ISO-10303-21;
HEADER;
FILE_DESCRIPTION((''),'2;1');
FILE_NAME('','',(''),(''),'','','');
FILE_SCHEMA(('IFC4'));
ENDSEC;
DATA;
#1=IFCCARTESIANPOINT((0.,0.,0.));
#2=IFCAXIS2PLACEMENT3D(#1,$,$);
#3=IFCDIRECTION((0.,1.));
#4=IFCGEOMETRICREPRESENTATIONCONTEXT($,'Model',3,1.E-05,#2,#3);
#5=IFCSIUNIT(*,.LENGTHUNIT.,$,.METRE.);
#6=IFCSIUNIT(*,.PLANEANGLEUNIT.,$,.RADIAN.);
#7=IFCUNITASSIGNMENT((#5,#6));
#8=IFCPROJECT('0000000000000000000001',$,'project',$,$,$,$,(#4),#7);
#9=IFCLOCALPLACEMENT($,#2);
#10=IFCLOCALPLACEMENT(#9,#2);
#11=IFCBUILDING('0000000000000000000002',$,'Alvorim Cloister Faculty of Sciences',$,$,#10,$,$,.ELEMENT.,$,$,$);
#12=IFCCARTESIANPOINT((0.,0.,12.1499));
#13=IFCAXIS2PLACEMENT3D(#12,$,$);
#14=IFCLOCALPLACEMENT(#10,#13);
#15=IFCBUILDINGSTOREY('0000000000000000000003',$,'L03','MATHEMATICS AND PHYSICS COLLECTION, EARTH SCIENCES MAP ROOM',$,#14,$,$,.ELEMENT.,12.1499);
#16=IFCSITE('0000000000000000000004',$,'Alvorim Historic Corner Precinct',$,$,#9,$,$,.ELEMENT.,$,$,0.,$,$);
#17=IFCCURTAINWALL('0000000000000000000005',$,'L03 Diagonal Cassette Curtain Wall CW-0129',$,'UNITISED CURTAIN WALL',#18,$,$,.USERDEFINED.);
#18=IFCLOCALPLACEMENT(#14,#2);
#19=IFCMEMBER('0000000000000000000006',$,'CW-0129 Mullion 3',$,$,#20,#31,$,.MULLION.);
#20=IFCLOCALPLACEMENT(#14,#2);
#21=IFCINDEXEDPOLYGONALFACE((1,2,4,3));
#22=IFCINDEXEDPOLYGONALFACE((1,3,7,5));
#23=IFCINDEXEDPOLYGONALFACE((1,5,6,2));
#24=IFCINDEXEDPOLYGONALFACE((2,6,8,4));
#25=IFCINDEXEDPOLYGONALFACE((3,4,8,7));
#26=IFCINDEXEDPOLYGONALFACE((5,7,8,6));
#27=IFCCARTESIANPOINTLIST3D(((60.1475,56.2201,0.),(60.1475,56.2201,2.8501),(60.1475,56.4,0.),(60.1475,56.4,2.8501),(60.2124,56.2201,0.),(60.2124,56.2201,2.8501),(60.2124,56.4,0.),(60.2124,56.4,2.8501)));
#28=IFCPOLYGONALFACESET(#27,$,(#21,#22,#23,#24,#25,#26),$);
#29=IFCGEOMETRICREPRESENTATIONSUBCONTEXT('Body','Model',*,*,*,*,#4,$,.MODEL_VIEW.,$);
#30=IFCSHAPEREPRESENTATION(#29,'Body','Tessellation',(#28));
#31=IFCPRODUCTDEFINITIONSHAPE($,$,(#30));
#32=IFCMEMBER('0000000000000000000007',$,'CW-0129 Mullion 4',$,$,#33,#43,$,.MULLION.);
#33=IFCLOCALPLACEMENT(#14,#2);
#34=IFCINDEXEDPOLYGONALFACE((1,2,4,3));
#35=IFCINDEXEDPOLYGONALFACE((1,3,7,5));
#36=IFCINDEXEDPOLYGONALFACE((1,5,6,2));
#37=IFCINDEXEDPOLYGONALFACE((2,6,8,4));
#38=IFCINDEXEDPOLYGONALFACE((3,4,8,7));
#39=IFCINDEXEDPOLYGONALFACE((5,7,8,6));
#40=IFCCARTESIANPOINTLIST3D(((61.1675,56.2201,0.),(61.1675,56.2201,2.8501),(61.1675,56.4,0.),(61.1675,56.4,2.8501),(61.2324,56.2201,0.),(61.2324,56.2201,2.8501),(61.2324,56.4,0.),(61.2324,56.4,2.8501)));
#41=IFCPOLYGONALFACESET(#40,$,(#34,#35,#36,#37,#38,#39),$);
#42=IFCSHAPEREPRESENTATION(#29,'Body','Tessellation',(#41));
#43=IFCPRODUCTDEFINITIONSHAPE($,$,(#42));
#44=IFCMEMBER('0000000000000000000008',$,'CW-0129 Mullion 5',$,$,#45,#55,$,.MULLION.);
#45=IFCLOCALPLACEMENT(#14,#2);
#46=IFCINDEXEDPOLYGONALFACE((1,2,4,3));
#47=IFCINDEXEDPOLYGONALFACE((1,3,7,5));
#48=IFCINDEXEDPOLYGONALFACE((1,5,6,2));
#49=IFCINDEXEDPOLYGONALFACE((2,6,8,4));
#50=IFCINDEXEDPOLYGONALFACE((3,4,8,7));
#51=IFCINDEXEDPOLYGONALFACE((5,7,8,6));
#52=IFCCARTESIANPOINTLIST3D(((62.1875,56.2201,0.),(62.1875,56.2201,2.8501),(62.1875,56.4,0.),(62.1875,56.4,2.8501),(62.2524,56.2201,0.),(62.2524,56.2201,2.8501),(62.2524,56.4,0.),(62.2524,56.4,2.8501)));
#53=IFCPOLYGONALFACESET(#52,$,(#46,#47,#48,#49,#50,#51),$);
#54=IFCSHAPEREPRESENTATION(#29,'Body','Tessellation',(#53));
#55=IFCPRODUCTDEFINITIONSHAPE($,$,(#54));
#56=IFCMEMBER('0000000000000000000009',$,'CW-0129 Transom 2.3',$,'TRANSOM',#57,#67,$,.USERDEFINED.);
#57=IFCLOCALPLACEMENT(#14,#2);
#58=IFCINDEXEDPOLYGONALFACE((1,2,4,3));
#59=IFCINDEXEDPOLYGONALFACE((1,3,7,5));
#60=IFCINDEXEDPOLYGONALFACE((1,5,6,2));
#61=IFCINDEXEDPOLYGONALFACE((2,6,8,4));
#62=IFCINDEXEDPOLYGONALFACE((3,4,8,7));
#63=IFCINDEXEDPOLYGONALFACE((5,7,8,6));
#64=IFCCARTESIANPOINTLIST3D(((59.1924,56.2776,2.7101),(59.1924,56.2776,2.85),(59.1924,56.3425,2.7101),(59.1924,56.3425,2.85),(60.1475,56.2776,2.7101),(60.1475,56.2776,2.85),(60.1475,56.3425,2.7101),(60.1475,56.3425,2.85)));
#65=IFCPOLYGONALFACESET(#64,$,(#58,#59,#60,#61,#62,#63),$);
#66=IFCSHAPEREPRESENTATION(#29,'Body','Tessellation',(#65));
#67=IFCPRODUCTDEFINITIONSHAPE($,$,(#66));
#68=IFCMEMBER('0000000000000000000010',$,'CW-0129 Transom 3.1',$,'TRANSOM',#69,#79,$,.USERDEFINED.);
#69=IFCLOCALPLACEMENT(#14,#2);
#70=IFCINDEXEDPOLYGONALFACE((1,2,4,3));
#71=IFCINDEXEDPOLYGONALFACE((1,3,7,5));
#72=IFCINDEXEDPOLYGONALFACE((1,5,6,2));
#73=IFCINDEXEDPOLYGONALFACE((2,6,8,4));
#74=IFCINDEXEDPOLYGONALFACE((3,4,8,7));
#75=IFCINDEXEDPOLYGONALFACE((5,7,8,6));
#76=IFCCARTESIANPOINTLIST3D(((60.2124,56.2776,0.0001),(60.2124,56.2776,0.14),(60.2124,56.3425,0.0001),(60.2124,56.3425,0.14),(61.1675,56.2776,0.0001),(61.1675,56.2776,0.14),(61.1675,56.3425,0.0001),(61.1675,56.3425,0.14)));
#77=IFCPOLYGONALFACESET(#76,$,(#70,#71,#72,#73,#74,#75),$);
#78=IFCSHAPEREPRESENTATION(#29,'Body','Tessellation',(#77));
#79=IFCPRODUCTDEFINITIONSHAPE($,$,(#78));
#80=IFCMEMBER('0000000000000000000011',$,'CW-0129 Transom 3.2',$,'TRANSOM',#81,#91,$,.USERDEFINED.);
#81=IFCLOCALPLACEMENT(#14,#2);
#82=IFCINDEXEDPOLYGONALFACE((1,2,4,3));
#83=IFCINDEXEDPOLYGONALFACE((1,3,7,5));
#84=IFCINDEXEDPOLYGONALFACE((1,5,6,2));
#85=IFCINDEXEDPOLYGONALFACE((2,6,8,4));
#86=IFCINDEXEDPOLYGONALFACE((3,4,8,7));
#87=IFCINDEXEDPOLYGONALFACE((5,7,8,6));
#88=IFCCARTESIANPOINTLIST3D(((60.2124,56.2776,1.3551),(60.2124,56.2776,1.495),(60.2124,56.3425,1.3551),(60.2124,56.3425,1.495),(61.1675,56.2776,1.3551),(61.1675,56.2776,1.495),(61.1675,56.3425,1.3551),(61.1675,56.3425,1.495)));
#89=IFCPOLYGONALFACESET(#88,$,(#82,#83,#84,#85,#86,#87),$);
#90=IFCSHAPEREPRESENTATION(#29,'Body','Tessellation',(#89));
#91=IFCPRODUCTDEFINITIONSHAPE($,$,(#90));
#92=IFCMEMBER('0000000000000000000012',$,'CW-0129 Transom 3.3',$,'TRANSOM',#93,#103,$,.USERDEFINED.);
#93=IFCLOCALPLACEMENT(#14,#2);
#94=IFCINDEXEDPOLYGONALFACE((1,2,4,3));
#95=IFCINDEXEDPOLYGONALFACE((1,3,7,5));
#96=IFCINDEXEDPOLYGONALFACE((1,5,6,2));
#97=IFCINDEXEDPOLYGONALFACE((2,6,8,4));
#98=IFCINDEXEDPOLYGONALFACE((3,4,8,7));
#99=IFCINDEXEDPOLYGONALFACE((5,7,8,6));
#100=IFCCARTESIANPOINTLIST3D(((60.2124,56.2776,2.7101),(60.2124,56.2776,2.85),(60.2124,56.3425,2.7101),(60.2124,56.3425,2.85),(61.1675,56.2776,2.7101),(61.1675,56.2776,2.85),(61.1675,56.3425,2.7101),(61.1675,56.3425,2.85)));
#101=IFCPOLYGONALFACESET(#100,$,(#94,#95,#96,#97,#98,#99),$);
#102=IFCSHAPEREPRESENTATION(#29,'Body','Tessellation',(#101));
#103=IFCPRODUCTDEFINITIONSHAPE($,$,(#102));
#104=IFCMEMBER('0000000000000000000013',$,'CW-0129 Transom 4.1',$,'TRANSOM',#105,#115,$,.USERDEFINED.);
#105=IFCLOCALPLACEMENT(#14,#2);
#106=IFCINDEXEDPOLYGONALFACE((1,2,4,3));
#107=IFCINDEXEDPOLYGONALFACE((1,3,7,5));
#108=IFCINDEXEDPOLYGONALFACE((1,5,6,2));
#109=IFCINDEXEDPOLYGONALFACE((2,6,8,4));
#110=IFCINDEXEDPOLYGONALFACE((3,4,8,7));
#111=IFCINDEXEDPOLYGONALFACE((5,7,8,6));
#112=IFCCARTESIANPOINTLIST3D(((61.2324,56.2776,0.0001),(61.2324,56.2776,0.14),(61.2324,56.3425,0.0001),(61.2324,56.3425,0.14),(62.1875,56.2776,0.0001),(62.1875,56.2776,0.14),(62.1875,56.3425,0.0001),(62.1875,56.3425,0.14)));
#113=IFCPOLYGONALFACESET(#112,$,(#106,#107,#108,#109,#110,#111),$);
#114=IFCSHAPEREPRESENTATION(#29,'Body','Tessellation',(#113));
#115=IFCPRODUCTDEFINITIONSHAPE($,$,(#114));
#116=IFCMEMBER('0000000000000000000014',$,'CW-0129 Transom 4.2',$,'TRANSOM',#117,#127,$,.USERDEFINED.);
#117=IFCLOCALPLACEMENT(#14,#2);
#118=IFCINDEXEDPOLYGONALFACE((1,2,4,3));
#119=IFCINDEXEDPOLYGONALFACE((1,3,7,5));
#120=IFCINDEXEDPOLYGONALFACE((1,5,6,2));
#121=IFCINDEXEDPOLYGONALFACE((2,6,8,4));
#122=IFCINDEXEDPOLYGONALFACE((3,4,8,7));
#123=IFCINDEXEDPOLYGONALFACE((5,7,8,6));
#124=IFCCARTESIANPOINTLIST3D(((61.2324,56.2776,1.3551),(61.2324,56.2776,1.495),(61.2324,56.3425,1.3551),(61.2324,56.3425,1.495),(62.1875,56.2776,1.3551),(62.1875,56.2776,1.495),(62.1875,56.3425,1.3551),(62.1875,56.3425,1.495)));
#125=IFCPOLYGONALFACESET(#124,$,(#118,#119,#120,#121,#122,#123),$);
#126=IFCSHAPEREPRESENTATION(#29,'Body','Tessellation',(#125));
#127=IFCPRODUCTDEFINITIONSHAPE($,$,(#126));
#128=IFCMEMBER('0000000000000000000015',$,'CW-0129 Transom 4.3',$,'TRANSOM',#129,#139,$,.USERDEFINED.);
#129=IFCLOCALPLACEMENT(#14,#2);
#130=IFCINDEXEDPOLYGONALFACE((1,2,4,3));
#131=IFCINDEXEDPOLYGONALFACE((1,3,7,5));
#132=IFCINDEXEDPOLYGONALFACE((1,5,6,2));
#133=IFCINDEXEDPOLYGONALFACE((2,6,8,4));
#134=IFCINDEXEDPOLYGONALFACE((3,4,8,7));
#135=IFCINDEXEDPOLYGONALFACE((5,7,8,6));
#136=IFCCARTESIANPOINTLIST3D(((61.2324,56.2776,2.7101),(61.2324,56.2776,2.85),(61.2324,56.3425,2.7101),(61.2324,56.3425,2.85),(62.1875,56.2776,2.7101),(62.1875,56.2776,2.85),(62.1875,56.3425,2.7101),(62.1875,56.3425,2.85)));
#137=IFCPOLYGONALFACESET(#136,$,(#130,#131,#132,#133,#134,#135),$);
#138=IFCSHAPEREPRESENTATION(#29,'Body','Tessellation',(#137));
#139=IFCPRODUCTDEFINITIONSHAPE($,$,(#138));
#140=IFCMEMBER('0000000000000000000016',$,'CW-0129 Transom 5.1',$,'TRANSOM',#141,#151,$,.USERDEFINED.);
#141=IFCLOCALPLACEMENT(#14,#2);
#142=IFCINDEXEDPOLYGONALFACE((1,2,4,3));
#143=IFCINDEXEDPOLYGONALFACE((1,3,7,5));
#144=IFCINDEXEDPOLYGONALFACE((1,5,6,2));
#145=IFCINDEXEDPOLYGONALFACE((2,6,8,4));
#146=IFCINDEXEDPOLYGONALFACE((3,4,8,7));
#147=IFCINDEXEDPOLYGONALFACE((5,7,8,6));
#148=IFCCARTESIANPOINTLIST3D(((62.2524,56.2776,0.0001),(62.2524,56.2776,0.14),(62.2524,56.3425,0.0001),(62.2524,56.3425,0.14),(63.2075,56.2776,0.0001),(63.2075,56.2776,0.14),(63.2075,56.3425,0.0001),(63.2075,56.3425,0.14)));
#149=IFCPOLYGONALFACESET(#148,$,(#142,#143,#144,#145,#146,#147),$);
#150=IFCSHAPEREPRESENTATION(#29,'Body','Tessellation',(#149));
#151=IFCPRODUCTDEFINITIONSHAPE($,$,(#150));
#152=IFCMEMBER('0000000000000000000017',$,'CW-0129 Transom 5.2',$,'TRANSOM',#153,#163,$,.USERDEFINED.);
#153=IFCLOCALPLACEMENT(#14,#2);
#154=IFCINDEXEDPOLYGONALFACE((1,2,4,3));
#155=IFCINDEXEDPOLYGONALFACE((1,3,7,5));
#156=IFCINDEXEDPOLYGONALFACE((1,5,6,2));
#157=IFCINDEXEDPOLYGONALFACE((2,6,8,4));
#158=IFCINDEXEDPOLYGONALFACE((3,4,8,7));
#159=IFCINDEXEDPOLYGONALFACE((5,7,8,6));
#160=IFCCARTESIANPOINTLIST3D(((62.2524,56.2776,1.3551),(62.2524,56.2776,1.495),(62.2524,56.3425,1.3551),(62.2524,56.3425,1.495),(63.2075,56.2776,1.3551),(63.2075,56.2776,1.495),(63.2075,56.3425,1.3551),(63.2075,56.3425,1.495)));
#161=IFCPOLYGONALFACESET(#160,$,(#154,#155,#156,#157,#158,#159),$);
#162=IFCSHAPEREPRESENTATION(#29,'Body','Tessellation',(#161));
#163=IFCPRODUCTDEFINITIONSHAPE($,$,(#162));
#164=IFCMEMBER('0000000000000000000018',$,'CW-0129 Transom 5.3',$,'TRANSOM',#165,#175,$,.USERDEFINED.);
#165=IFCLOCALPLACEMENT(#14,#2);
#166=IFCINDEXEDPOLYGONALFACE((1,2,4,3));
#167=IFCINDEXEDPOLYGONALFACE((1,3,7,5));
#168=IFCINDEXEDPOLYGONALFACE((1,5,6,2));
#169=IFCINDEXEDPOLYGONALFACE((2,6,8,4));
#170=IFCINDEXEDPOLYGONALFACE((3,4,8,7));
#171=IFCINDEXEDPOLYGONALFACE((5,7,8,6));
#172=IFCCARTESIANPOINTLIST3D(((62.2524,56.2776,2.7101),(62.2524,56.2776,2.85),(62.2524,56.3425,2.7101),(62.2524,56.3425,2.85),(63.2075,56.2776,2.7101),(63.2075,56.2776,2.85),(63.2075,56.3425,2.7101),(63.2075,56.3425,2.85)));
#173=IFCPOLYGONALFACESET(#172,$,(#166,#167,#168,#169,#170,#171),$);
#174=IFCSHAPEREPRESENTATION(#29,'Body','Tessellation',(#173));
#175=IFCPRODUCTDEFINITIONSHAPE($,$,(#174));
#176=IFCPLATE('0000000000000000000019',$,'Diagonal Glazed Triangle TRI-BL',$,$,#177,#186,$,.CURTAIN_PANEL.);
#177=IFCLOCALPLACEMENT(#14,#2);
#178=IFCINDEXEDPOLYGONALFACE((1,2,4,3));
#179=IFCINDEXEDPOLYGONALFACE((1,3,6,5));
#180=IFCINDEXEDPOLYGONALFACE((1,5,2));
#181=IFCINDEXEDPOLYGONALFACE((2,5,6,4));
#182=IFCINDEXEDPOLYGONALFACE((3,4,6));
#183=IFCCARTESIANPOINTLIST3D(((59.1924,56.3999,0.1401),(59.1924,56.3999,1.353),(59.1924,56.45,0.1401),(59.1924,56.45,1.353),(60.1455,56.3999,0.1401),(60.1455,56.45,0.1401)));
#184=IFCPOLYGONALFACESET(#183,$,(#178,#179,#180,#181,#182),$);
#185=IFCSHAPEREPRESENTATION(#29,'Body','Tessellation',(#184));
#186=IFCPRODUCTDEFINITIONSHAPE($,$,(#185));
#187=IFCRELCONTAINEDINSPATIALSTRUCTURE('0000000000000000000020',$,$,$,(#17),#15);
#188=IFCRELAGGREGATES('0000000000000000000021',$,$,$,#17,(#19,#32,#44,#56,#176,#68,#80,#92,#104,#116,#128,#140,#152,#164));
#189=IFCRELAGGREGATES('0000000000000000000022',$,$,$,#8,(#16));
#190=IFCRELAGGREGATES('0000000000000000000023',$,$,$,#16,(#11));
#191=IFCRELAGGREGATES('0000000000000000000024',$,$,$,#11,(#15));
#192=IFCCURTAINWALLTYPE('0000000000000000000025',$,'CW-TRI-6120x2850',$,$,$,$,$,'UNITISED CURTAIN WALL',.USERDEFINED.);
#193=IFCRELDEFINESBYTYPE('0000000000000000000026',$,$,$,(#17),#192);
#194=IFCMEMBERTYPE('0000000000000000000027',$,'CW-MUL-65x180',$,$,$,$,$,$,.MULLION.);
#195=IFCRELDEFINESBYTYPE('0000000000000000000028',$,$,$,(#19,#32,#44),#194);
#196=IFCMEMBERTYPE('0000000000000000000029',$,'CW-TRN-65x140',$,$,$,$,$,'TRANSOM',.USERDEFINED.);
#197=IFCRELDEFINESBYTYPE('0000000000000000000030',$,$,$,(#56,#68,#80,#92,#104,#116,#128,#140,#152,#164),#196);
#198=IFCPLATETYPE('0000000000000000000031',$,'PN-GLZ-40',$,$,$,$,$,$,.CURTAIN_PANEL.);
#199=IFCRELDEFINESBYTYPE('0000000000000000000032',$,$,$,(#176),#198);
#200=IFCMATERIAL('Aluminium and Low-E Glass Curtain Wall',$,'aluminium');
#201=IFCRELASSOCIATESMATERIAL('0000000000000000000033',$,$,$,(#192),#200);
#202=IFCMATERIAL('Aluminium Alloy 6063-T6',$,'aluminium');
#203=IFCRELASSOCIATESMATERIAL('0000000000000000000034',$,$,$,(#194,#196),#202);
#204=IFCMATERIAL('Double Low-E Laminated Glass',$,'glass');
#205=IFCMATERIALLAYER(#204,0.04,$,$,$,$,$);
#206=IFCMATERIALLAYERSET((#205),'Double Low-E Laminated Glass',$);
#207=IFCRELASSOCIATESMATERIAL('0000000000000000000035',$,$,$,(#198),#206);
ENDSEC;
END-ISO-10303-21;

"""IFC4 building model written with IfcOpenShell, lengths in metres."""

from ifc_helpers import new_model, si_unit, direction, frame, origin, origin_2d, place, context, subcontext, project, spatial, polyline, rectangle, outline, extrude, material, layer, layer_set, material_profile, profile_set, type_object, element, aggregate, save


model = new_model("IFC4")

# Units and contexts
model_context = context("Model", 3, precision=1e-05, world=origin(), true_north=direction((0.0, 1.0)))
body_context = subcontext(model_context, "Body", "Model", "MODEL_VIEW")
ifc_project = project(units=[si_unit("LENGTHUNIT", "METRE"), si_unit("PLANEANGLEUNIT", "RADIAN")], contexts=[model_context])

# Site, building, storey
site_placement = place(None, origin())
site = spatial("IfcSite", under=ifc_project, at=site_placement, Name="Alvorim Historic Corner Precinct", CompositionType="ELEMENT", RefElevation=0.0)
building_placement = place(site_placement, origin())
building = spatial("IfcBuilding", under=site, at=building_placement, Name="Alvorim Cloister Faculty of Sciences", CompositionType="ELEMENT")
storey_placement = place(building_placement, frame((0.0, 0.0, 12.1499)))
storey = spatial("IfcBuildingStorey", under=building, at=storey_placement, Name="L03", Description="MATHEMATICS AND PHYSICS COLLECTION, EARTH SCIENCES MAP ROOM", CompositionType="ELEMENT", Elevation=12.1499)

# Curtain wall, members, plate
ifc_material_1 = material(Name="Aluminium and Low-E Glass Curtain Wall", Category="aluminium")
curtain_wall_type = type_object("IfcCurtainWallType", Name="CW-TRI-6120x2850", ElementType="UNITISED CURTAIN WALL", PredefinedType="USERDEFINED", material=ifc_material_1)
curtain_wall_placement = place(storey_placement, origin())
curtain_wall = element("IfcCurtainWall", 1, at=curtain_wall_placement, inside=storey, type_object=curtain_wall_type, Name="L03 Diagonal Cassette Curtain Wall CW-0129", ObjectType="UNITISED CURTAIN WALL", PredefinedType="USERDEFINED")
ifc_material_2 = material(Name="Aluminium Alloy 6063-T6", Category="aluminium")
ifc_material_profile_1 = material_profile(ifc_material_2, rectangle(XDim=0.0649, YDim=0.1799, at=origin_2d()), Name="ALU-MUL-65x180")
ifc_profile_set_1 = profile_set([ifc_material_profile_1], Name="Aluminium Alloy 6063-T6")
member_type_1 = type_object("IfcMemberType", Name="CW-MUL-65x180", PredefinedType="MULLION", material=ifc_profile_set_1)
member_1_placement = place(storey_placement, frame((60.1799, 56.3101, 0.0), z_axis=(0.0, 0.0, 1.0), x_axis=(1.0, 0.0, 0.0)))
member_1 = element("IfcMember", 2, at=member_1_placement, type_object=member_type_1, Name="CW-0129 Mullion 3", PredefinedType="MULLION", context=body_context, shape_type="SweptSolid", body=[
    extrude(rectangle(XDim=0.0649, YDim=0.1799, at=origin_2d()), origin(), (0.0, 0.0, 1.0), 2.8501),
])
member_2_placement = place(storey_placement, frame((61.2, 56.3101, 0.0), z_axis=(0.0, 0.0, 1.0), x_axis=(1.0, 0.0, 0.0)))
member_2 = element("IfcMember", 3, at=member_2_placement, type_object=member_type_1, Name="CW-0129 Mullion 4", PredefinedType="MULLION", context=body_context, shape_type="SweptSolid", body=[
    extrude(rectangle(XDim=0.0649, YDim=0.1799, at=origin_2d()), origin(), (0.0, 0.0, 1.0), 2.8501),
])
member_3_placement = place(storey_placement, frame((62.22, 56.3101, 0.0), z_axis=(0.0, 0.0, 1.0), x_axis=(1.0, 0.0, 0.0)))
member_3 = element("IfcMember", 4, at=member_3_placement, type_object=member_type_1, Name="CW-0129 Mullion 5", PredefinedType="MULLION", context=body_context, shape_type="SweptSolid", body=[
    extrude(rectangle(XDim=0.0649, YDim=0.1799, at=origin_2d()), origin(), (0.0, 0.0, 1.0), 2.8501),
])
ifc_material_profile_2 = material_profile(ifc_material_2, rectangle(XDim=0.0649, YDim=0.1399, at=origin_2d()), Name="ALU-TRN-65x140")
ifc_profile_set_2 = profile_set([ifc_material_profile_2], Name="Aluminium Alloy 6063-T6")
member_type_2 = type_object("IfcMemberType", Name="CW-TRN-65x140", ElementType="TRANSOM", PredefinedType="USERDEFINED", material=ifc_profile_set_2)
member_4_placement = place(storey_placement, frame((59.1924, 56.3101, 2.78), z_axis=(1.0, 0.0, 0.0), x_axis=(0.0, 1.0, 0.0)))
member_4 = element("IfcMember", 5, at=member_4_placement, type_object=member_type_2, Name="CW-0129 Transom 2.3", ObjectType="TRANSOM", PredefinedType="USERDEFINED", context=body_context, shape_type="SweptSolid", body=[
    extrude(rectangle(XDim=0.0649, YDim=0.1399, at=origin_2d()), origin(), (0.0, 0.0, 1.0), 0.9551),
])
member_5_placement = place(storey_placement, frame((60.2124, 56.3101, 0.0701), z_axis=(1.0, 0.0, 0.0), x_axis=(0.0, 1.0, 0.0)))
member_5 = element("IfcMember", 6, at=member_5_placement, type_object=member_type_2, Name="CW-0129 Transom 3.1", ObjectType="TRANSOM", PredefinedType="USERDEFINED", context=body_context, shape_type="SweptSolid", body=[
    extrude(rectangle(XDim=0.0649, YDim=0.1399, at=origin_2d()), origin(), (0.0, 0.0, 1.0), 0.9551),
])
member_6_placement = place(storey_placement, frame((60.2124, 56.3101, 1.425), z_axis=(1.0, 0.0, 0.0), x_axis=(0.0, 1.0, 0.0)))
member_6 = element("IfcMember", 7, at=member_6_placement, type_object=member_type_2, Name="CW-0129 Transom 3.2", ObjectType="TRANSOM", PredefinedType="USERDEFINED", context=body_context, shape_type="SweptSolid", body=[
    extrude(rectangle(XDim=0.0649, YDim=0.1399, at=origin_2d()), origin(), (0.0, 0.0, 1.0), 0.9551),
])
member_7_placement = place(storey_placement, frame((60.2124, 56.3101, 2.78), z_axis=(1.0, 0.0, 0.0), x_axis=(0.0, 1.0, 0.0)))
member_7 = element("IfcMember", 8, at=member_7_placement, type_object=member_type_2, Name="CW-0129 Transom 3.3", ObjectType="TRANSOM", PredefinedType="USERDEFINED", context=body_context, shape_type="SweptSolid", body=[
    extrude(rectangle(XDim=0.0649, YDim=0.1399, at=origin_2d()), origin(), (0.0, 0.0, 1.0), 0.9551),
])
member_8_placement = place(storey_placement, frame((61.2324, 56.3101, 0.0701), z_axis=(1.0, 0.0, 0.0), x_axis=(0.0, 1.0, 0.0)))
member_8 = element("IfcMember", 9, at=member_8_placement, type_object=member_type_2, Name="CW-0129 Transom 4.1", ObjectType="TRANSOM", PredefinedType="USERDEFINED", context=body_context, shape_type="SweptSolid", body=[
    extrude(rectangle(XDim=0.0649, YDim=0.1399, at=origin_2d()), origin(), (0.0, 0.0, 1.0), 0.9551),
])
member_9_placement = place(storey_placement, frame((61.2324, 56.3101, 1.425), z_axis=(1.0, 0.0, 0.0), x_axis=(0.0, 1.0, 0.0)))
member_9 = element("IfcMember", 10, at=member_9_placement, type_object=member_type_2, Name="CW-0129 Transom 4.2", ObjectType="TRANSOM", PredefinedType="USERDEFINED", context=body_context, shape_type="SweptSolid", body=[
    extrude(rectangle(XDim=0.0649, YDim=0.1399, at=origin_2d()), origin(), (0.0, 0.0, 1.0), 0.9551),
])
member_10_placement = place(storey_placement, frame((61.2324, 56.3101, 2.78), z_axis=(1.0, 0.0, 0.0), x_axis=(0.0, 1.0, 0.0)))
member_10 = element("IfcMember", 11, at=member_10_placement, type_object=member_type_2, Name="CW-0129 Transom 4.3", ObjectType="TRANSOM", PredefinedType="USERDEFINED", context=body_context, shape_type="SweptSolid", body=[
    extrude(rectangle(XDim=0.0649, YDim=0.1399, at=origin_2d()), origin(), (0.0, 0.0, 1.0), 0.9551),
])
member_11_placement = place(storey_placement, frame((62.2524, 56.3101, 0.0701), z_axis=(1.0, 0.0, 0.0), x_axis=(0.0, 1.0, 0.0)))
member_11 = element("IfcMember", 12, at=member_11_placement, type_object=member_type_2, Name="CW-0129 Transom 5.1", ObjectType="TRANSOM", PredefinedType="USERDEFINED", context=body_context, shape_type="SweptSolid", body=[
    extrude(rectangle(XDim=0.0649, YDim=0.1399, at=origin_2d()), origin(), (0.0, 0.0, 1.0), 0.9551),
])
member_12_placement = place(storey_placement, frame((62.2524, 56.3101, 1.425), z_axis=(1.0, 0.0, 0.0), x_axis=(0.0, 1.0, 0.0)))
member_12 = element("IfcMember", 13, at=member_12_placement, type_object=member_type_2, Name="CW-0129 Transom 5.2", ObjectType="TRANSOM", PredefinedType="USERDEFINED", context=body_context, shape_type="SweptSolid", body=[
    extrude(rectangle(XDim=0.0649, YDim=0.1399, at=origin_2d()), origin(), (0.0, 0.0, 1.0), 0.9551),
])
member_13_placement = place(storey_placement, frame((62.2524, 56.3101, 2.78), z_axis=(1.0, 0.0, 0.0), x_axis=(0.0, 1.0, 0.0)))
member_13 = element("IfcMember", 14, at=member_13_placement, type_object=member_type_2, Name="CW-0129 Transom 5.3", ObjectType="TRANSOM", PredefinedType="USERDEFINED", context=body_context, shape_type="SweptSolid", body=[
    extrude(rectangle(XDim=0.0649, YDim=0.1399, at=origin_2d()), origin(), (0.0, 0.0, 1.0), 0.9551),
])
ifc_material_3 = material(Name="Double Low-E Laminated Glass", Category="glass")
ifc_layer = layer(ifc_material_3, 0.04)
ifc_layer_set = layer_set([ifc_layer], Name="Double Low-E Laminated Glass")
plate_type = type_object("IfcPlateType", Name="PN-GLZ-40", PredefinedType="CURTAIN_PANEL", material=ifc_layer_set)
plate_1_placement = place(storey_placement, frame((59.1924, 56.425, 0.1401), z_axis=(0.0, 0.0, 1.0), x_axis=(1.0, 0.0, 0.0)))
plate_1 = element("IfcPlate", 15, at=plate_1_placement, type_object=plate_type, Name="Diagonal Glazed Triangle TRI-BL", PredefinedType="CURTAIN_PANEL", context=body_context, shape_type="SweptSolid", body=[
    extrude(outline(polyline([(0.0, 0.0), (0.9531, 0.0), (0.0, 1.2129), (0.0, 0.0)])), frame((0.0, 0.0249, 0.0), z_axis=(0.0, -1.0, 0.0), x_axis=(1.0, 0.0, 0.0)), (0.0, 0.0, 1.0), 0.05),
])
aggregate(curtain_wall, [member_1, member_2, member_3, member_4, plate_1, member_5, member_6, member_7, member_8, member_9, member_10, member_11, member_12, member_13])

save(model, "model.ifc")
